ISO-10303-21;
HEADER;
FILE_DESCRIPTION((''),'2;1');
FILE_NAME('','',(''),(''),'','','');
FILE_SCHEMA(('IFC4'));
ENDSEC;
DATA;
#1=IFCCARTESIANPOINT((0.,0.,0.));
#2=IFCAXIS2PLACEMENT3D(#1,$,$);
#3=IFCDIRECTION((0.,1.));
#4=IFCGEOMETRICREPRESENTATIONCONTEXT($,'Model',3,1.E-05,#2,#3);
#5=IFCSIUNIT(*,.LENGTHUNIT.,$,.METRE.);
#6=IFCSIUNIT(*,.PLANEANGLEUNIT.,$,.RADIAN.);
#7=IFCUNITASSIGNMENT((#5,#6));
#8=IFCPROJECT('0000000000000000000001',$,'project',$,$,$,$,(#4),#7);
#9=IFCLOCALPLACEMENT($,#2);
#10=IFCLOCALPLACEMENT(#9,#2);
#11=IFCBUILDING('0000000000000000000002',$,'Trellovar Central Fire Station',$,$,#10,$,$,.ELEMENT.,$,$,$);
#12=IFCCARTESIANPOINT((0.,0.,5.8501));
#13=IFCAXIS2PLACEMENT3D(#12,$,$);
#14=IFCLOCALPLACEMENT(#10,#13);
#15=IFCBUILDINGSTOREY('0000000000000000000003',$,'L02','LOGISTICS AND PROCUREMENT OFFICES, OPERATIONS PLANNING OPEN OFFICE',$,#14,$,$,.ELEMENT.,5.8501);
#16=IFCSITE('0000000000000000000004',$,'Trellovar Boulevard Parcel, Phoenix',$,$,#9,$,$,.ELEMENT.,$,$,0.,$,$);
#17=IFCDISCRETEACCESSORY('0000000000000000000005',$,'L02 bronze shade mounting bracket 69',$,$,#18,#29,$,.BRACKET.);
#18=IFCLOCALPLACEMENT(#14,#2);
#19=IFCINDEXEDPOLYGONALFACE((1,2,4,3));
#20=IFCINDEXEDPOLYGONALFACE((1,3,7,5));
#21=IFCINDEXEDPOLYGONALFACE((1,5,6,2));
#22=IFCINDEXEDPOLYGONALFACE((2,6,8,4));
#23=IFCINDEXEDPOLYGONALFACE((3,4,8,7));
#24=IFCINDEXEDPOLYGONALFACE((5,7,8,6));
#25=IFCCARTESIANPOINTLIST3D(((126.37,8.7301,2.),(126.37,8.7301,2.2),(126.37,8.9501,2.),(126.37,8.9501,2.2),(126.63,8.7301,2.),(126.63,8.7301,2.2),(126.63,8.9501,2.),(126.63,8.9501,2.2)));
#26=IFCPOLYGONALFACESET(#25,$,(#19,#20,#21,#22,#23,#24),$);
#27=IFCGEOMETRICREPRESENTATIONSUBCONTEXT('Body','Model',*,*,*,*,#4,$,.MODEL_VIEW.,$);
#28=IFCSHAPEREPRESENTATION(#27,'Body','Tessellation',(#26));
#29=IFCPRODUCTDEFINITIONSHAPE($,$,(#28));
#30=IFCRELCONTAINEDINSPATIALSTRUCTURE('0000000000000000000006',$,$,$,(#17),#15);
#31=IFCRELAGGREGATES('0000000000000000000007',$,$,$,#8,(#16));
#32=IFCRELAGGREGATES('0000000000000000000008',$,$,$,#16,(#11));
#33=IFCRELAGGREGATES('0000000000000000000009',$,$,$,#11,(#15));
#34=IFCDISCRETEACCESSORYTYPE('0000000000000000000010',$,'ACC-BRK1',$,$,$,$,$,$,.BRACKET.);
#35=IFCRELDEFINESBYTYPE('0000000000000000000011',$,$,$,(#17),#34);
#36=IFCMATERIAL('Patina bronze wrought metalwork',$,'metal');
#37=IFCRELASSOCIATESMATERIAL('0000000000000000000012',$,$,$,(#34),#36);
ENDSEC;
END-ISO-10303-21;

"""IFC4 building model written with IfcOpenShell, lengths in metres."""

from ifc_helpers import new_model, si_unit, direction, frame, origin, origin_2d, place, context, subcontext, project, spatial, rectangle, extrude, material, type_object, element, save


model = new_model("IFC4")

# Units and contexts
model_context = context("Model", 3, precision=1e-05, world=origin(), true_north=direction((0.0, 1.0)))
body_context = subcontext(model_context, "Body", "Model", "MODEL_VIEW")
ifc_project = project(units=[si_unit("LENGTHUNIT", "METRE"), si_unit("PLANEANGLEUNIT", "RADIAN")], contexts=[model_context])

# Site, building, storey
site_placement = place(None, origin())
site = spatial("IfcSite", under=ifc_project, at=site_placement, Name="Trellovar Boulevard Parcel, Phoenix", CompositionType="ELEMENT", RefElevation=0.0)
building_placement = place(site_placement, origin())
building = spatial("IfcBuilding", under=site, at=building_placement, Name="Trellovar Central Fire Station", CompositionType="ELEMENT")
storey_placement = place(building_placement, frame((0.0, 0.0, 5.8501)))
storey = spatial("IfcBuildingStorey", under=building, at=storey_placement, Name="L02", Description="LOGISTICS AND PROCUREMENT OFFICES, OPERATIONS PLANNING OPEN OFFICE", CompositionType="ELEMENT", Elevation=5.8501)

# Discrete accessory
ifc_material_1 = material(Name="Patina bronze wrought metalwork", Category="metal")
discrete_accessory_type = type_object("IfcDiscreteAccessoryType", Name="ACC-BRK1", PredefinedType="BRACKET", material=ifc_material_1)
discrete_accessory_placement = place(storey_placement, frame((126.5, 8.8401, 2.0), z_axis=(0.0, 0.0, 1.0), x_axis=(1.0, 0.0, 0.0)))
element("IfcDiscreteAccessory", 1, at=discrete_accessory_placement, inside=storey, type_object=discrete_accessory_type, Name="L02 bronze shade mounting bracket 69", PredefinedType="BRACKET", context=body_context, shape_type="SweptSolid", body=[
    extrude(rectangle(XDim=0.26, YDim=0.22, at=origin_2d()), origin(), (0.0, 0.0, 1.0), 0.2),
])

save(model, "model.ifc")
